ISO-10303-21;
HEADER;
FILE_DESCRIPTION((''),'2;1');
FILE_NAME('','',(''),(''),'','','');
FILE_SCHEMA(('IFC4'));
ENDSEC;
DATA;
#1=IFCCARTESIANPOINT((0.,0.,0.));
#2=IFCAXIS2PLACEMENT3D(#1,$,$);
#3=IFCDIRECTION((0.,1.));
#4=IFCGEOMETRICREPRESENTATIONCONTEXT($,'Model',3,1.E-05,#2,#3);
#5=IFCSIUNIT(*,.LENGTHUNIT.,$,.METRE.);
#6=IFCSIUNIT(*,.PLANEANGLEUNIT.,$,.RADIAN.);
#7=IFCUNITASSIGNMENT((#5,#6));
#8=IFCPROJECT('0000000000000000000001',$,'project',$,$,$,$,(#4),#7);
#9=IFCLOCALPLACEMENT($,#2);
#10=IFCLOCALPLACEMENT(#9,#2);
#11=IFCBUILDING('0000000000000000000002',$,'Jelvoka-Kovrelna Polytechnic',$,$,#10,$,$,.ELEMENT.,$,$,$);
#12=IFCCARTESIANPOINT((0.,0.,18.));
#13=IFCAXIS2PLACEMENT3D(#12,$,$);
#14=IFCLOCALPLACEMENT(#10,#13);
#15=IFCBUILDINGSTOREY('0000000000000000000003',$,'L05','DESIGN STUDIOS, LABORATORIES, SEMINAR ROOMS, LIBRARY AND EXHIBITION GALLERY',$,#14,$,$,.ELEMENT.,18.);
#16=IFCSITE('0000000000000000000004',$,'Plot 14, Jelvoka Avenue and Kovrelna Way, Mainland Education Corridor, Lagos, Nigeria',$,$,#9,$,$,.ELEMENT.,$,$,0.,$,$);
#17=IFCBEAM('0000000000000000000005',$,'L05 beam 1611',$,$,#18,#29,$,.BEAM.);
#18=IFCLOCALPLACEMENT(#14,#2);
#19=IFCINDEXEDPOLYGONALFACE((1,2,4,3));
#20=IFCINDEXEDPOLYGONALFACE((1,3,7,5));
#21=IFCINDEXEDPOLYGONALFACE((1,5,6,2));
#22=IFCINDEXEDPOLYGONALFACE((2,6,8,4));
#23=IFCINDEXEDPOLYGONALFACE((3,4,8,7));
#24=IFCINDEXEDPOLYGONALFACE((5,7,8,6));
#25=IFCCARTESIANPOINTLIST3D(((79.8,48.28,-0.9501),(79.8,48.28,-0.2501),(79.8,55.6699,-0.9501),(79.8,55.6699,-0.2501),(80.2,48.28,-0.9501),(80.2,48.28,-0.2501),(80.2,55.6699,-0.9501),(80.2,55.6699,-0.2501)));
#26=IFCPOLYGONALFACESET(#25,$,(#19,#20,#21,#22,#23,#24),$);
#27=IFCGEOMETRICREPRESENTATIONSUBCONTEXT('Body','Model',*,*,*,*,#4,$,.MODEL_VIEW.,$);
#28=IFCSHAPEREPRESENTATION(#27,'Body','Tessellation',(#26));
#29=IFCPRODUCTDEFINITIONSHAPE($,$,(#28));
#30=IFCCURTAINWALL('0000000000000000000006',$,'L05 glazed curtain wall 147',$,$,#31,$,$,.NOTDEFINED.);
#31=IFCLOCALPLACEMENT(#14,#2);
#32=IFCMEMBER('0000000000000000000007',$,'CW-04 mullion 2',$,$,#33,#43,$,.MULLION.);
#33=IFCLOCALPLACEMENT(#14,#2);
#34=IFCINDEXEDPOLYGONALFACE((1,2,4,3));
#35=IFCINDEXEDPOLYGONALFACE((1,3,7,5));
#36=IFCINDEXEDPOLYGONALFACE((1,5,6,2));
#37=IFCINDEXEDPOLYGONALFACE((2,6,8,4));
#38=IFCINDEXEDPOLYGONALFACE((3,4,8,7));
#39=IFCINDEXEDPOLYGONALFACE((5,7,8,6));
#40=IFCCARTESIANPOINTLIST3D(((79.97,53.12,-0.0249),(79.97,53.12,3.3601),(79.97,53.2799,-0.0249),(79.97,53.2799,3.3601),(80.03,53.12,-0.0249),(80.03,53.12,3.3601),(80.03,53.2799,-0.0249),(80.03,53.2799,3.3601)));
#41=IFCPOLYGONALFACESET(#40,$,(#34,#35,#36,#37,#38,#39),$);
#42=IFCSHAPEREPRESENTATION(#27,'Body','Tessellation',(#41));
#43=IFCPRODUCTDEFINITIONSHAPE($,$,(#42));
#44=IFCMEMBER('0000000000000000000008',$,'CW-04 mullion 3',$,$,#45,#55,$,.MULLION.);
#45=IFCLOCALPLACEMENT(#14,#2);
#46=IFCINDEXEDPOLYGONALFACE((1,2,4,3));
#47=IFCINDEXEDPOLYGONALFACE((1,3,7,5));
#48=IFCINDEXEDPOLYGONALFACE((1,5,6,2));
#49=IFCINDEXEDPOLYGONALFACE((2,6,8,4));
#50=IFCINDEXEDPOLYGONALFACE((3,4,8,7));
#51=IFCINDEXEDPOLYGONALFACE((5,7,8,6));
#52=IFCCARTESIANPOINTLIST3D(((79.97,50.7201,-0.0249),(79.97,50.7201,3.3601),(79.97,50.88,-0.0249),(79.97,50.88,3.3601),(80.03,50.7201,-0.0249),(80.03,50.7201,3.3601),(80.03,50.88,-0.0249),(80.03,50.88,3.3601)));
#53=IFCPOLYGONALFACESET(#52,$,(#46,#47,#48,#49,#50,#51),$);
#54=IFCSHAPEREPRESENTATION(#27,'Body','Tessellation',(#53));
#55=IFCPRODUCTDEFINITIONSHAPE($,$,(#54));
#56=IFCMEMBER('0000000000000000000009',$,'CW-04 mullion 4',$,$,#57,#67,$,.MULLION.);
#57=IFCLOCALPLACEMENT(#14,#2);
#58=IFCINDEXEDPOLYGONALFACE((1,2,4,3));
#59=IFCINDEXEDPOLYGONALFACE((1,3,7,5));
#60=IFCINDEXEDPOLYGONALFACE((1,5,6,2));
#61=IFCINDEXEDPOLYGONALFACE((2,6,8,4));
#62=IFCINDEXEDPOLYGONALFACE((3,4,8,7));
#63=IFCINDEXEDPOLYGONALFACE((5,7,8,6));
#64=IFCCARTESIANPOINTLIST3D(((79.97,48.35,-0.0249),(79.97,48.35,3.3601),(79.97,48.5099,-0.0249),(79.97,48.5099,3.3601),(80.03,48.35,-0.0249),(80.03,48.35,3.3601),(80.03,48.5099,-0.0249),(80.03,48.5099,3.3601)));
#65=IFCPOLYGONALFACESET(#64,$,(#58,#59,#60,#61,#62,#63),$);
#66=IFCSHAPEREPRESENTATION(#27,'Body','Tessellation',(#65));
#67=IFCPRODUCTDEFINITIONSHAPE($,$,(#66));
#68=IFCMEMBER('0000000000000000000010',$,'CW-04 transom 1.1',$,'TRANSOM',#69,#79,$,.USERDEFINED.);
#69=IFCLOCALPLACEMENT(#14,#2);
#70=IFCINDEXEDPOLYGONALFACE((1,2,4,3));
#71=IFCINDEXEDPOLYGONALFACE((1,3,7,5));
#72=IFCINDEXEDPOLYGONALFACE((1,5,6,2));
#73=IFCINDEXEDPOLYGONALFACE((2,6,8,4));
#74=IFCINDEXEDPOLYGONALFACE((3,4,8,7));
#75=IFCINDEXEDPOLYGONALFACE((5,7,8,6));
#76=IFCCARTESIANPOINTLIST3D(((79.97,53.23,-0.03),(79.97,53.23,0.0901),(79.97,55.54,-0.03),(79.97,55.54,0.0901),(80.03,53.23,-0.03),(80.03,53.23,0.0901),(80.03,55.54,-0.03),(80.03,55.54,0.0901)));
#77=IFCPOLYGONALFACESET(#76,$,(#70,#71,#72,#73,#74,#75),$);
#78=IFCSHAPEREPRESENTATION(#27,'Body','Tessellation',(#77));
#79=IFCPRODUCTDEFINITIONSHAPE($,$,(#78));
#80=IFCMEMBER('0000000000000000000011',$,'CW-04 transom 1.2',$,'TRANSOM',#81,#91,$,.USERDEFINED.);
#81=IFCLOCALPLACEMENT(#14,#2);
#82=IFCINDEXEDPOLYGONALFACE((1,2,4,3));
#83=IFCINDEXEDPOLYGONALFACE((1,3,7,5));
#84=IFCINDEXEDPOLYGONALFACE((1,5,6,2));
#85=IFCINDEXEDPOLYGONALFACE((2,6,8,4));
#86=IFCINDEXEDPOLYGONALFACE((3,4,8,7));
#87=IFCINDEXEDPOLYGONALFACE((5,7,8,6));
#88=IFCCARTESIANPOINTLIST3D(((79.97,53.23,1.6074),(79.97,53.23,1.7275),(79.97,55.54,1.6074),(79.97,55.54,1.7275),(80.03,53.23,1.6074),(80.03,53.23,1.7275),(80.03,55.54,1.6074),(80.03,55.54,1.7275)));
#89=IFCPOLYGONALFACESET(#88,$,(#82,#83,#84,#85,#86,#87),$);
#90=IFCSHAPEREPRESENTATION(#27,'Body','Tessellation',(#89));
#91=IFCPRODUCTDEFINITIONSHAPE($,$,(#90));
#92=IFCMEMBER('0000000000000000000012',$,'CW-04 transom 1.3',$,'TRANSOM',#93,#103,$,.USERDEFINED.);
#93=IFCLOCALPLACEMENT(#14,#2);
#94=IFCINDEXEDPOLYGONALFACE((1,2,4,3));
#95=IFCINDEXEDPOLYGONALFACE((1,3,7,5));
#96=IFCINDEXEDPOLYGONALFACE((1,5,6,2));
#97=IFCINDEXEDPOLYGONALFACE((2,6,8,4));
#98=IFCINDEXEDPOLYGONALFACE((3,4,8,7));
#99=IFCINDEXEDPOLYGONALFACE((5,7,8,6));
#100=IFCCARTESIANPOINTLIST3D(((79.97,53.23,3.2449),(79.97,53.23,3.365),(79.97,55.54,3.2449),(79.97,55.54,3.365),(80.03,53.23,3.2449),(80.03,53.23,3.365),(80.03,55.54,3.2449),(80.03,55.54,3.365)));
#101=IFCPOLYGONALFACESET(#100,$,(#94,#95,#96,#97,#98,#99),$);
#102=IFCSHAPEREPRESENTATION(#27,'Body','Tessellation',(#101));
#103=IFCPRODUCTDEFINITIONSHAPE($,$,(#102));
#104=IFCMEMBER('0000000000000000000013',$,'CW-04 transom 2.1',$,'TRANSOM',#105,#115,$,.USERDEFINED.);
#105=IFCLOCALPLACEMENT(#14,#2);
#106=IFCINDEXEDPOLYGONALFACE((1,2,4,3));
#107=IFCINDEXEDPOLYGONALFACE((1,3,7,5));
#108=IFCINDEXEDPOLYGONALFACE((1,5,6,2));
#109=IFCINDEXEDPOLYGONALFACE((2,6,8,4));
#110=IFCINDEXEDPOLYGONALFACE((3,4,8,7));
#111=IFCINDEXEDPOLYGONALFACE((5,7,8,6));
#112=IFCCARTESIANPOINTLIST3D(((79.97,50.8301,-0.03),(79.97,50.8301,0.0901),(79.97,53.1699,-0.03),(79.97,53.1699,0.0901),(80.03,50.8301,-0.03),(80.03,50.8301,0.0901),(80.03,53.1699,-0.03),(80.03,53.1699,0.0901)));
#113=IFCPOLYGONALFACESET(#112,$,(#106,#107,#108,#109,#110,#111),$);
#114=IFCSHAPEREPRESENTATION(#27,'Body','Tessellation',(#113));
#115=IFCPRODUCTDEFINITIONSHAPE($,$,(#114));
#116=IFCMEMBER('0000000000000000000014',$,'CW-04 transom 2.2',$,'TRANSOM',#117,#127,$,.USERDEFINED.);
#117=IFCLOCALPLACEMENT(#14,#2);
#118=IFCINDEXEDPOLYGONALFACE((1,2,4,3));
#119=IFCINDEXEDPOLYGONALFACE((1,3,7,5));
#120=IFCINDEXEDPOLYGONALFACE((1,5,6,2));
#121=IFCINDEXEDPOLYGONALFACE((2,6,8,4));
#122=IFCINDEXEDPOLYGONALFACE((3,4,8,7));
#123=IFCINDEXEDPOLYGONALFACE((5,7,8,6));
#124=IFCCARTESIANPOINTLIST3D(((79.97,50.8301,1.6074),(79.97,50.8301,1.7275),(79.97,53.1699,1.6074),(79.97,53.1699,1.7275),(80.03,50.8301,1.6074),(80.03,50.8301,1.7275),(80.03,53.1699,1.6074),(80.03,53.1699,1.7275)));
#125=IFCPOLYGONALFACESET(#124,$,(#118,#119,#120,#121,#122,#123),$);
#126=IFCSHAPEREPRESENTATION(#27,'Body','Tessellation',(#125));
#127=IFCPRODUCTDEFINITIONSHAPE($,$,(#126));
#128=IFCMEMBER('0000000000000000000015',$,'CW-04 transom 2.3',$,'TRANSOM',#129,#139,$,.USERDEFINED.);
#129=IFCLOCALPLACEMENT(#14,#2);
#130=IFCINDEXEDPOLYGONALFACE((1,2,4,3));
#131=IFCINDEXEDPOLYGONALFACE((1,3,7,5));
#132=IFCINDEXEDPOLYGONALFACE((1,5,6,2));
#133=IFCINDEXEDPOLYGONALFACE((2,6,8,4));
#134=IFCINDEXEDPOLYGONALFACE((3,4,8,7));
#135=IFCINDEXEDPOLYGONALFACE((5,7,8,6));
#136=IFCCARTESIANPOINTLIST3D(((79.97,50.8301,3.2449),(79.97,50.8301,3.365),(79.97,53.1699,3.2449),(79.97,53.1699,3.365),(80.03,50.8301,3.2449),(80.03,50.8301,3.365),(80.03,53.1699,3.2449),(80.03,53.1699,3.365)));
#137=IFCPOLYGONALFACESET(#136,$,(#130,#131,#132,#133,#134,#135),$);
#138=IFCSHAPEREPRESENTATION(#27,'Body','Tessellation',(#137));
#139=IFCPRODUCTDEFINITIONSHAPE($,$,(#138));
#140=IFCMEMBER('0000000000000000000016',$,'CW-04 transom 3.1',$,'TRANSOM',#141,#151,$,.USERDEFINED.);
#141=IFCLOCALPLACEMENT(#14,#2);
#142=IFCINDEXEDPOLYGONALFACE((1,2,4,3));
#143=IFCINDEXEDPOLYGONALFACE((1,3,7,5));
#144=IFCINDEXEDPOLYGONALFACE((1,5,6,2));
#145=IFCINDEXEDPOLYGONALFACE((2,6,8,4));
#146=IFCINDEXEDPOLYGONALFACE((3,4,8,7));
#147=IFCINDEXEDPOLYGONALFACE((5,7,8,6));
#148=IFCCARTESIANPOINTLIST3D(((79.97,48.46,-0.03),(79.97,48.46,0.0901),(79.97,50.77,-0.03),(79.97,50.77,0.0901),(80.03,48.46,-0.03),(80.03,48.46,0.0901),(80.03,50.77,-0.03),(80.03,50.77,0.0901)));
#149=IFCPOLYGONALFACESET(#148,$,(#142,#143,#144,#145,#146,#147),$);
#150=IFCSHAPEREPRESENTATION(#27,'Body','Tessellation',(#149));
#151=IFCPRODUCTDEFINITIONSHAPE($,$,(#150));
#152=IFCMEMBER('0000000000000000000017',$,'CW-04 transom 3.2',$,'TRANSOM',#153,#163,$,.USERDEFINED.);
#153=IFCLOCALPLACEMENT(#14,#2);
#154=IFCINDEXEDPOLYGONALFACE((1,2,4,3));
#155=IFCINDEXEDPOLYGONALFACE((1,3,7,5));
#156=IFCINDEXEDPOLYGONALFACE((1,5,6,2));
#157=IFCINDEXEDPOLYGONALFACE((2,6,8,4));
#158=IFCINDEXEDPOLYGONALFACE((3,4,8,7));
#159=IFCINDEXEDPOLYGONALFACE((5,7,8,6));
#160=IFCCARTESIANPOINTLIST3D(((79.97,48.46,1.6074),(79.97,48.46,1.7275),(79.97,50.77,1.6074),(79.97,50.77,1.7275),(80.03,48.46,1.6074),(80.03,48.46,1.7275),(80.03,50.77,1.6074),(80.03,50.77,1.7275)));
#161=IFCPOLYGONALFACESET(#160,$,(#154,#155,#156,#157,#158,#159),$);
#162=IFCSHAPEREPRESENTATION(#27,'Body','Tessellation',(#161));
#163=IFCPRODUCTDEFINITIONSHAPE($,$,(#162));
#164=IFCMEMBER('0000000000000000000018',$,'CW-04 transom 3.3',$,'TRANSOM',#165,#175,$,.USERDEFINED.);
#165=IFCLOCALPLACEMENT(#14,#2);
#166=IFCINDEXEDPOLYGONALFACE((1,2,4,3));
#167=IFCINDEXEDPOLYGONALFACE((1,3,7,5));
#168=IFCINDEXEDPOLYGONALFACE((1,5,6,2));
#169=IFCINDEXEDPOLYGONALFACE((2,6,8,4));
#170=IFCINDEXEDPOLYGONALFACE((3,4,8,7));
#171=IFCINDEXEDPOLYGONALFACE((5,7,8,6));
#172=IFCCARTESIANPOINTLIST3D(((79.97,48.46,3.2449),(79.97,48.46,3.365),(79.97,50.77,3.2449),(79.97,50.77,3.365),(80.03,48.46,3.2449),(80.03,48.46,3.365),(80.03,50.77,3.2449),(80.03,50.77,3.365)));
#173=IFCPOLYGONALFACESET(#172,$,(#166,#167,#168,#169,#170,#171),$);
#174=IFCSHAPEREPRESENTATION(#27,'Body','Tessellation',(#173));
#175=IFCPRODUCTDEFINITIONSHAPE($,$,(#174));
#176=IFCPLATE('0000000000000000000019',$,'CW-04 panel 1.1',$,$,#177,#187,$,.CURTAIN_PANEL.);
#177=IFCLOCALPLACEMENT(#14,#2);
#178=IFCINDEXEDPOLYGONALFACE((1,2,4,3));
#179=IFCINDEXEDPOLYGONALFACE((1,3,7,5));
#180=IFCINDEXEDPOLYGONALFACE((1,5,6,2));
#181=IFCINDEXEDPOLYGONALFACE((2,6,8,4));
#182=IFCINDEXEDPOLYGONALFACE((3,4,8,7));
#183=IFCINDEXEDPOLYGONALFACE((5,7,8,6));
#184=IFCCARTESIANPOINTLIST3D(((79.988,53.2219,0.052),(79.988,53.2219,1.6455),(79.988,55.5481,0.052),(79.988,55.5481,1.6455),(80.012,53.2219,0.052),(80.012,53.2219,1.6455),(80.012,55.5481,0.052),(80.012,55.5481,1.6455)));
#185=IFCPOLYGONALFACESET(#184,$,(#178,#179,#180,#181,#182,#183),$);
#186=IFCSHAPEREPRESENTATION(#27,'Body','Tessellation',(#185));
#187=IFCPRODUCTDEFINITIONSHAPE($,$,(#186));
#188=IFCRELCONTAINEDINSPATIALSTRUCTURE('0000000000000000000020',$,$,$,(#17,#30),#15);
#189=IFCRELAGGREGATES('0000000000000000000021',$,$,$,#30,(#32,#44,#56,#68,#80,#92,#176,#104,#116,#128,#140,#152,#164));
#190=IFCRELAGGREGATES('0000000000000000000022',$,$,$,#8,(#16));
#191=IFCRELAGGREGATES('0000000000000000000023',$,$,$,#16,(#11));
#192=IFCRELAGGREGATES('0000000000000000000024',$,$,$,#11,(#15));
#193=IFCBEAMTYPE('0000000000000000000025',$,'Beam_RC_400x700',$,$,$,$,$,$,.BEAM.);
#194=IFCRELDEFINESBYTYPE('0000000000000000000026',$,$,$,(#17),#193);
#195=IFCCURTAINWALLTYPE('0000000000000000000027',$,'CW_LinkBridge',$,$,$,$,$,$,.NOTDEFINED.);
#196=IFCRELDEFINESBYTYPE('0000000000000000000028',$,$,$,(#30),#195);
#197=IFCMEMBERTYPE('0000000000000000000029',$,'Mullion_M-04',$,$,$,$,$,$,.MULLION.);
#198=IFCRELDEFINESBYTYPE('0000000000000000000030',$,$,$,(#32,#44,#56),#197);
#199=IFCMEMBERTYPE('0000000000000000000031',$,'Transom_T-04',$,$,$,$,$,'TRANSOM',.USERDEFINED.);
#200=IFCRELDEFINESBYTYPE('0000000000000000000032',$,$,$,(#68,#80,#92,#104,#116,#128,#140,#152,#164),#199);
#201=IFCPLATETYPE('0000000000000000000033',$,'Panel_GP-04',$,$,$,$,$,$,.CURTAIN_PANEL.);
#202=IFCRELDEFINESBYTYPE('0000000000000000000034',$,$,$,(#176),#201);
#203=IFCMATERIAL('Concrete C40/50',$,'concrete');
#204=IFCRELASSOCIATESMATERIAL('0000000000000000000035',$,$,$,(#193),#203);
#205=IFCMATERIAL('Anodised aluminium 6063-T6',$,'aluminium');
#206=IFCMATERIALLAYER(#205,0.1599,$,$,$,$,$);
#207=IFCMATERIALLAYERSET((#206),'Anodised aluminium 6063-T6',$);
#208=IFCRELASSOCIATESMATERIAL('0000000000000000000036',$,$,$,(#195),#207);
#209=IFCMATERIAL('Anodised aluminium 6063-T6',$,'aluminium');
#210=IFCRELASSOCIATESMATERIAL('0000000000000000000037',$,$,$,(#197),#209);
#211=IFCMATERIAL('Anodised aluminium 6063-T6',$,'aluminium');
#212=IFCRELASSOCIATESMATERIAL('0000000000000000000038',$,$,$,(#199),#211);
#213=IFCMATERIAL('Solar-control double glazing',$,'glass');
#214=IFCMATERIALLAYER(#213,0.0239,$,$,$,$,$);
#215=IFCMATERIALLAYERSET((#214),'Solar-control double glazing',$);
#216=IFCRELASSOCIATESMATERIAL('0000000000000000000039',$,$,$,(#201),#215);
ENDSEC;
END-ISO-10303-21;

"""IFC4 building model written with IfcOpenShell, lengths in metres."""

from ifc_helpers import new_model, si_unit, direction, frame, origin, origin_2d, place, context, subcontext, project, spatial, rectangle, extrude, material, layer, layer_set, material_profile, profile_set, type_object, element, aggregate, save


model = new_model("IFC4")

# Units and contexts
model_context = context("Model", 3, precision=1e-05, world=origin(), true_north=direction((0.0, 1.0)))
body_context = subcontext(model_context, "Body", "Model", "MODEL_VIEW")
ifc_project = project(units=[si_unit("LENGTHUNIT", "METRE"), si_unit("PLANEANGLEUNIT", "RADIAN")], contexts=[model_context])

# Site, building, storey
site_placement = place(None, origin())
site = spatial("IfcSite", under=ifc_project, at=site_placement, Name="Plot 14, Jelvoka Avenue and Kovrelna Way, Mainland Education Corridor, Lagos, Nigeria", CompositionType="ELEMENT", RefElevation=0.0)
building_placement = place(site_placement, origin())
building = spatial("IfcBuilding", under=site, at=building_placement, Name="Jelvoka-Kovrelna Polytechnic", CompositionType="ELEMENT")
storey_placement = place(building_placement, frame((0.0, 0.0, 18.0)))
storey = spatial("IfcBuildingStorey", under=building, at=storey_placement, Name="L05", Description="DESIGN STUDIOS, LABORATORIES, SEMINAR ROOMS, LIBRARY AND EXHIBITION GALLERY", CompositionType="ELEMENT", Elevation=18.0)

# Beam
ifc_material_1 = material(Name="Concrete C40/50", Category="concrete")
ifc_material_profile_1 = material_profile(ifc_material_1, rectangle(XDim=0.3999, YDim=0.7, at=origin_2d()), Name="RC 400x700")
ifc_profile_set_1 = profile_set([ifc_material_profile_1], Name="Concrete C40/50")
beam_type = type_object("IfcBeamType", Name="Beam_RC_400x700", PredefinedType="BEAM", material=ifc_profile_set_1)
beam_placement = place(storey_placement, frame((80.0, 48.28, -0.6001), z_axis=(0.0, 1.0, 0.0), x_axis=(-1.0, 0.0, 0.0)))
element("IfcBeam", 1, at=beam_placement, inside=storey, type_object=beam_type, Name="L05 beam 1611", PredefinedType="BEAM", context=body_context, shape_type="SweptSolid", body=[
    extrude(rectangle(XDim=0.3999, YDim=0.7, at=origin_2d()), origin(), (0.0, 0.0, 1.0), 7.3899),
])

# Curtain wall, members, plate
ifc_material_2 = material(Name="Anodised aluminium 6063-T6", Category="aluminium")
ifc_layer_1 = layer(ifc_material_2, 0.1599)
ifc_layer_set_1 = layer_set([ifc_layer_1], Name="Anodised aluminium 6063-T6")
curtain_wall_type = type_object("IfcCurtainWallType", Name="CW_LinkBridge", PredefinedType="NOTDEFINED", material=ifc_layer_set_1)
curtain_wall_placement = place(storey_placement, origin())
curtain_wall = element("IfcCurtainWall", 2, at=curtain_wall_placement, inside=storey, type_object=curtain_wall_type, Name="L05 glazed curtain wall 147", PredefinedType="NOTDEFINED")
ifc_material_3 = material(Name="Anodised aluminium 6063-T6", Category="aluminium")
ifc_material_profile_2 = material_profile(ifc_material_3, rectangle(XDim=0.0601, YDim=0.1599, at=origin_2d()), Name="ALU 60x160")
ifc_profile_set_2 = profile_set([ifc_material_profile_2], Name="Anodised aluminium 6063-T6")
member_type_1 = type_object("IfcMemberType", Name="Mullion_M-04", PredefinedType="MULLION", material=ifc_profile_set_2)
member_1_placement = place(storey_placement, frame((80.0, 53.2, -0.0249), z_axis=(0.0, 0.0, 1.0), x_axis=(1.0, 0.0, 0.0)))
member_1 = element("IfcMember", 3, at=member_1_placement, type_object=member_type_1, Name="CW-04 mullion 2", PredefinedType="MULLION", context=body_context, shape_type="SweptSolid", body=[
    extrude(rectangle(XDim=0.0601, YDim=0.1599, at=origin_2d()), origin(), (0.0, 0.0, 1.0), 3.385),
])
member_2_placement = place(storey_placement, frame((80.0, 50.8, -0.0249), z_axis=(0.0, 0.0, 1.0), x_axis=(1.0, 0.0, 0.0)))
member_2 = element("IfcMember", 4, at=member_2_placement, type_object=member_type_1, Name="CW-04 mullion 3", PredefinedType="MULLION", context=body_context, shape_type="SweptSolid", body=[
    extrude(rectangle(XDim=0.0601, YDim=0.1599, at=origin_2d()), origin(), (0.0, 0.0, 1.0), 3.385),
])
member_3_placement = place(storey_placement, frame((80.0, 48.4299, -0.0249), z_axis=(0.0, 0.0, 1.0), x_axis=(1.0, 0.0, 0.0)))
member_3 = element("IfcMember", 5, at=member_3_placement, type_object=member_type_1, Name="CW-04 mullion 4", PredefinedType="MULLION", context=body_context, shape_type="SweptSolid", body=[
    extrude(rectangle(XDim=0.0601, YDim=0.1599, at=origin_2d()), origin(), (0.0, 0.0, 1.0), 3.385),
])
ifc_material_4 = material(Name="Anodised aluminium 6063-T6", Category="aluminium")
ifc_material_profile_3 = material_profile(ifc_material_4, rectangle(XDim=0.0601, YDim=0.1201, at=origin_2d()), Name="ALU 60x120")
ifc_profile_set_3 = profile_set([ifc_material_profile_3], Name="Anodised aluminium 6063-T6")
member_type_2 = type_object("IfcMemberType", Name="Transom_T-04", ElementType="TRANSOM", PredefinedType="USERDEFINED", material=ifc_profile_set_3)
member_4_placement = place(storey_placement, frame((80.0, 55.54, 0.03), z_axis=(0.0, -1.0, 0.0), x_axis=(1.0, 0.0, 0.0)))
member_4 = element("IfcMember", 6, at=member_4_placement, type_object=member_type_2, Name="CW-04 transom 1.1", ObjectType="TRANSOM", PredefinedType="USERDEFINED", context=body_context, shape_type="SweptSolid", body=[
    extrude(rectangle(XDim=0.0601, YDim=0.1201, at=origin_2d()), origin(), (0.0, 0.0, 1.0), 2.3101),
])
member_5_placement = place(storey_placement, frame((80.0, 55.54, 1.6675), z_axis=(0.0, -1.0, 0.0), x_axis=(1.0, 0.0, 0.0)))
member_5 = element("IfcMember", 7, at=member_5_placement, type_object=member_type_2, Name="CW-04 transom 1.2", ObjectType="TRANSOM", PredefinedType="USERDEFINED", context=body_context, shape_type="SweptSolid", body=[
    extrude(rectangle(XDim=0.0601, YDim=0.1201, at=origin_2d()), origin(), (0.0, 0.0, 1.0), 2.3101),
])
member_6_placement = place(storey_placement, frame((80.0, 55.54, 3.3049), z_axis=(0.0, -1.0, 0.0), x_axis=(1.0, 0.0, 0.0)))
member_6 = element("IfcMember", 8, at=member_6_placement, type_object=member_type_2, Name="CW-04 transom 1.3", ObjectType="TRANSOM", PredefinedType="USERDEFINED", context=body_context, shape_type="SweptSolid", body=[
    extrude(rectangle(XDim=0.0601, YDim=0.1201, at=origin_2d()), origin(), (0.0, 0.0, 1.0), 2.3101),
])
member_7_placement = place(storey_placement, frame((80.0, 53.1699, 0.03), z_axis=(0.0, -1.0, 0.0), x_axis=(1.0, 0.0, 0.0)))
member_7 = element("IfcMember", 9, at=member_7_placement, type_object=member_type_2, Name="CW-04 transom 2.1", ObjectType="TRANSOM", PredefinedType="USERDEFINED", context=body_context, shape_type="SweptSolid", body=[
    extrude(rectangle(XDim=0.0601, YDim=0.1201, at=origin_2d()), origin(), (0.0, 0.0, 1.0), 2.3398),
])
member_8_placement = place(storey_placement, frame((80.0, 53.1699, 1.6675), z_axis=(0.0, -1.0, 0.0), x_axis=(1.0, 0.0, 0.0)))
member_8 = element("IfcMember", 10, at=member_8_placement, type_object=member_type_2, Name="CW-04 transom 2.2", ObjectType="TRANSOM", PredefinedType="USERDEFINED", context=body_context, shape_type="SweptSolid", body=[
    extrude(rectangle(XDim=0.0601, YDim=0.1201, at=origin_2d()), origin(), (0.0, 0.0, 1.0), 2.3398),
])
member_9_placement = place(storey_placement, frame((80.0, 53.1699, 3.3049), z_axis=(0.0, -1.0, 0.0), x_axis=(1.0, 0.0, 0.0)))
member_9 = element("IfcMember", 11, at=member_9_placement, type_object=member_type_2, Name="CW-04 transom 2.3", ObjectType="TRANSOM", PredefinedType="USERDEFINED", context=body_context, shape_type="SweptSolid", body=[
    extrude(rectangle(XDim=0.0601, YDim=0.1201, at=origin_2d()), origin(), (0.0, 0.0, 1.0), 2.3398),
])
member_10_placement = place(storey_placement, frame((80.0, 50.77, 0.03), z_axis=(0.0, -1.0, 0.0), x_axis=(1.0, 0.0, 0.0)))
member_10 = element("IfcMember", 12, at=member_10_placement, type_object=member_type_2, Name="CW-04 transom 3.1", ObjectType="TRANSOM", PredefinedType="USERDEFINED", context=body_context, shape_type="SweptSolid", body=[
    extrude(rectangle(XDim=0.0601, YDim=0.1201, at=origin_2d()), origin(), (0.0, 0.0, 1.0), 2.3101),
])
member_11_placement = place(storey_placement, frame((80.0, 50.77, 1.6675), z_axis=(0.0, -1.0, 0.0), x_axis=(1.0, 0.0, 0.0)))
member_11 = element("IfcMember", 13, at=member_11_placement, type_object=member_type_2, Name="CW-04 transom 3.2", ObjectType="TRANSOM", PredefinedType="USERDEFINED", context=body_context, shape_type="SweptSolid", body=[
    extrude(rectangle(XDim=0.0601, YDim=0.1201, at=origin_2d()), origin(), (0.0, 0.0, 1.0), 2.3101),
])
member_12_placement = place(storey_placement, frame((80.0, 50.77, 3.3049), z_axis=(0.0, -1.0, 0.0), x_axis=(1.0, 0.0, 0.0)))
member_12 = element("IfcMember", 14, at=member_12_placement, type_object=member_type_2, Name="CW-04 transom 3.3", ObjectType="TRANSOM", PredefinedType="USERDEFINED", context=body_context, shape_type="SweptSolid", body=[
    extrude(rectangle(XDim=0.0601, YDim=0.1201, at=origin_2d()), origin(), (0.0, 0.0, 1.0), 2.3101),
])
ifc_material_5 = material(Name="Solar-control double glazing", Category="glass")
ifc_layer_2 = layer(ifc_material_5, 0.0239)
ifc_layer_set_2 = layer_set([ifc_layer_2], Name="Solar-control double glazing")
plate_type = type_object("IfcPlateType", Name="Panel_GP-04", PredefinedType="CURTAIN_PANEL", material=ifc_layer_set_2)
plate_1_placement = place(storey_placement, frame((80.0, 54.385, 0.052), z_axis=(0.0, 0.0, 1.0), x_axis=(0.0, -1.0, 0.0)))
plate_1 = element("IfcPlate", 15, at=plate_1_placement, type_object=plate_type, Name="CW-04 panel 1.1", PredefinedType="CURTAIN_PANEL", context=body_context, shape_type="SweptSolid", body=[
    extrude(rectangle(XDim=2.3262, YDim=0.0239, at=origin_2d()), origin(), (0.0, 0.0, 1.0), 1.5935),
])
aggregate(curtain_wall, [member_1, member_2, member_3, member_4, member_5, member_6, plate_1, member_7, member_8, member_9, member_10, member_11, member_12])

save(model, "model.ifc")
